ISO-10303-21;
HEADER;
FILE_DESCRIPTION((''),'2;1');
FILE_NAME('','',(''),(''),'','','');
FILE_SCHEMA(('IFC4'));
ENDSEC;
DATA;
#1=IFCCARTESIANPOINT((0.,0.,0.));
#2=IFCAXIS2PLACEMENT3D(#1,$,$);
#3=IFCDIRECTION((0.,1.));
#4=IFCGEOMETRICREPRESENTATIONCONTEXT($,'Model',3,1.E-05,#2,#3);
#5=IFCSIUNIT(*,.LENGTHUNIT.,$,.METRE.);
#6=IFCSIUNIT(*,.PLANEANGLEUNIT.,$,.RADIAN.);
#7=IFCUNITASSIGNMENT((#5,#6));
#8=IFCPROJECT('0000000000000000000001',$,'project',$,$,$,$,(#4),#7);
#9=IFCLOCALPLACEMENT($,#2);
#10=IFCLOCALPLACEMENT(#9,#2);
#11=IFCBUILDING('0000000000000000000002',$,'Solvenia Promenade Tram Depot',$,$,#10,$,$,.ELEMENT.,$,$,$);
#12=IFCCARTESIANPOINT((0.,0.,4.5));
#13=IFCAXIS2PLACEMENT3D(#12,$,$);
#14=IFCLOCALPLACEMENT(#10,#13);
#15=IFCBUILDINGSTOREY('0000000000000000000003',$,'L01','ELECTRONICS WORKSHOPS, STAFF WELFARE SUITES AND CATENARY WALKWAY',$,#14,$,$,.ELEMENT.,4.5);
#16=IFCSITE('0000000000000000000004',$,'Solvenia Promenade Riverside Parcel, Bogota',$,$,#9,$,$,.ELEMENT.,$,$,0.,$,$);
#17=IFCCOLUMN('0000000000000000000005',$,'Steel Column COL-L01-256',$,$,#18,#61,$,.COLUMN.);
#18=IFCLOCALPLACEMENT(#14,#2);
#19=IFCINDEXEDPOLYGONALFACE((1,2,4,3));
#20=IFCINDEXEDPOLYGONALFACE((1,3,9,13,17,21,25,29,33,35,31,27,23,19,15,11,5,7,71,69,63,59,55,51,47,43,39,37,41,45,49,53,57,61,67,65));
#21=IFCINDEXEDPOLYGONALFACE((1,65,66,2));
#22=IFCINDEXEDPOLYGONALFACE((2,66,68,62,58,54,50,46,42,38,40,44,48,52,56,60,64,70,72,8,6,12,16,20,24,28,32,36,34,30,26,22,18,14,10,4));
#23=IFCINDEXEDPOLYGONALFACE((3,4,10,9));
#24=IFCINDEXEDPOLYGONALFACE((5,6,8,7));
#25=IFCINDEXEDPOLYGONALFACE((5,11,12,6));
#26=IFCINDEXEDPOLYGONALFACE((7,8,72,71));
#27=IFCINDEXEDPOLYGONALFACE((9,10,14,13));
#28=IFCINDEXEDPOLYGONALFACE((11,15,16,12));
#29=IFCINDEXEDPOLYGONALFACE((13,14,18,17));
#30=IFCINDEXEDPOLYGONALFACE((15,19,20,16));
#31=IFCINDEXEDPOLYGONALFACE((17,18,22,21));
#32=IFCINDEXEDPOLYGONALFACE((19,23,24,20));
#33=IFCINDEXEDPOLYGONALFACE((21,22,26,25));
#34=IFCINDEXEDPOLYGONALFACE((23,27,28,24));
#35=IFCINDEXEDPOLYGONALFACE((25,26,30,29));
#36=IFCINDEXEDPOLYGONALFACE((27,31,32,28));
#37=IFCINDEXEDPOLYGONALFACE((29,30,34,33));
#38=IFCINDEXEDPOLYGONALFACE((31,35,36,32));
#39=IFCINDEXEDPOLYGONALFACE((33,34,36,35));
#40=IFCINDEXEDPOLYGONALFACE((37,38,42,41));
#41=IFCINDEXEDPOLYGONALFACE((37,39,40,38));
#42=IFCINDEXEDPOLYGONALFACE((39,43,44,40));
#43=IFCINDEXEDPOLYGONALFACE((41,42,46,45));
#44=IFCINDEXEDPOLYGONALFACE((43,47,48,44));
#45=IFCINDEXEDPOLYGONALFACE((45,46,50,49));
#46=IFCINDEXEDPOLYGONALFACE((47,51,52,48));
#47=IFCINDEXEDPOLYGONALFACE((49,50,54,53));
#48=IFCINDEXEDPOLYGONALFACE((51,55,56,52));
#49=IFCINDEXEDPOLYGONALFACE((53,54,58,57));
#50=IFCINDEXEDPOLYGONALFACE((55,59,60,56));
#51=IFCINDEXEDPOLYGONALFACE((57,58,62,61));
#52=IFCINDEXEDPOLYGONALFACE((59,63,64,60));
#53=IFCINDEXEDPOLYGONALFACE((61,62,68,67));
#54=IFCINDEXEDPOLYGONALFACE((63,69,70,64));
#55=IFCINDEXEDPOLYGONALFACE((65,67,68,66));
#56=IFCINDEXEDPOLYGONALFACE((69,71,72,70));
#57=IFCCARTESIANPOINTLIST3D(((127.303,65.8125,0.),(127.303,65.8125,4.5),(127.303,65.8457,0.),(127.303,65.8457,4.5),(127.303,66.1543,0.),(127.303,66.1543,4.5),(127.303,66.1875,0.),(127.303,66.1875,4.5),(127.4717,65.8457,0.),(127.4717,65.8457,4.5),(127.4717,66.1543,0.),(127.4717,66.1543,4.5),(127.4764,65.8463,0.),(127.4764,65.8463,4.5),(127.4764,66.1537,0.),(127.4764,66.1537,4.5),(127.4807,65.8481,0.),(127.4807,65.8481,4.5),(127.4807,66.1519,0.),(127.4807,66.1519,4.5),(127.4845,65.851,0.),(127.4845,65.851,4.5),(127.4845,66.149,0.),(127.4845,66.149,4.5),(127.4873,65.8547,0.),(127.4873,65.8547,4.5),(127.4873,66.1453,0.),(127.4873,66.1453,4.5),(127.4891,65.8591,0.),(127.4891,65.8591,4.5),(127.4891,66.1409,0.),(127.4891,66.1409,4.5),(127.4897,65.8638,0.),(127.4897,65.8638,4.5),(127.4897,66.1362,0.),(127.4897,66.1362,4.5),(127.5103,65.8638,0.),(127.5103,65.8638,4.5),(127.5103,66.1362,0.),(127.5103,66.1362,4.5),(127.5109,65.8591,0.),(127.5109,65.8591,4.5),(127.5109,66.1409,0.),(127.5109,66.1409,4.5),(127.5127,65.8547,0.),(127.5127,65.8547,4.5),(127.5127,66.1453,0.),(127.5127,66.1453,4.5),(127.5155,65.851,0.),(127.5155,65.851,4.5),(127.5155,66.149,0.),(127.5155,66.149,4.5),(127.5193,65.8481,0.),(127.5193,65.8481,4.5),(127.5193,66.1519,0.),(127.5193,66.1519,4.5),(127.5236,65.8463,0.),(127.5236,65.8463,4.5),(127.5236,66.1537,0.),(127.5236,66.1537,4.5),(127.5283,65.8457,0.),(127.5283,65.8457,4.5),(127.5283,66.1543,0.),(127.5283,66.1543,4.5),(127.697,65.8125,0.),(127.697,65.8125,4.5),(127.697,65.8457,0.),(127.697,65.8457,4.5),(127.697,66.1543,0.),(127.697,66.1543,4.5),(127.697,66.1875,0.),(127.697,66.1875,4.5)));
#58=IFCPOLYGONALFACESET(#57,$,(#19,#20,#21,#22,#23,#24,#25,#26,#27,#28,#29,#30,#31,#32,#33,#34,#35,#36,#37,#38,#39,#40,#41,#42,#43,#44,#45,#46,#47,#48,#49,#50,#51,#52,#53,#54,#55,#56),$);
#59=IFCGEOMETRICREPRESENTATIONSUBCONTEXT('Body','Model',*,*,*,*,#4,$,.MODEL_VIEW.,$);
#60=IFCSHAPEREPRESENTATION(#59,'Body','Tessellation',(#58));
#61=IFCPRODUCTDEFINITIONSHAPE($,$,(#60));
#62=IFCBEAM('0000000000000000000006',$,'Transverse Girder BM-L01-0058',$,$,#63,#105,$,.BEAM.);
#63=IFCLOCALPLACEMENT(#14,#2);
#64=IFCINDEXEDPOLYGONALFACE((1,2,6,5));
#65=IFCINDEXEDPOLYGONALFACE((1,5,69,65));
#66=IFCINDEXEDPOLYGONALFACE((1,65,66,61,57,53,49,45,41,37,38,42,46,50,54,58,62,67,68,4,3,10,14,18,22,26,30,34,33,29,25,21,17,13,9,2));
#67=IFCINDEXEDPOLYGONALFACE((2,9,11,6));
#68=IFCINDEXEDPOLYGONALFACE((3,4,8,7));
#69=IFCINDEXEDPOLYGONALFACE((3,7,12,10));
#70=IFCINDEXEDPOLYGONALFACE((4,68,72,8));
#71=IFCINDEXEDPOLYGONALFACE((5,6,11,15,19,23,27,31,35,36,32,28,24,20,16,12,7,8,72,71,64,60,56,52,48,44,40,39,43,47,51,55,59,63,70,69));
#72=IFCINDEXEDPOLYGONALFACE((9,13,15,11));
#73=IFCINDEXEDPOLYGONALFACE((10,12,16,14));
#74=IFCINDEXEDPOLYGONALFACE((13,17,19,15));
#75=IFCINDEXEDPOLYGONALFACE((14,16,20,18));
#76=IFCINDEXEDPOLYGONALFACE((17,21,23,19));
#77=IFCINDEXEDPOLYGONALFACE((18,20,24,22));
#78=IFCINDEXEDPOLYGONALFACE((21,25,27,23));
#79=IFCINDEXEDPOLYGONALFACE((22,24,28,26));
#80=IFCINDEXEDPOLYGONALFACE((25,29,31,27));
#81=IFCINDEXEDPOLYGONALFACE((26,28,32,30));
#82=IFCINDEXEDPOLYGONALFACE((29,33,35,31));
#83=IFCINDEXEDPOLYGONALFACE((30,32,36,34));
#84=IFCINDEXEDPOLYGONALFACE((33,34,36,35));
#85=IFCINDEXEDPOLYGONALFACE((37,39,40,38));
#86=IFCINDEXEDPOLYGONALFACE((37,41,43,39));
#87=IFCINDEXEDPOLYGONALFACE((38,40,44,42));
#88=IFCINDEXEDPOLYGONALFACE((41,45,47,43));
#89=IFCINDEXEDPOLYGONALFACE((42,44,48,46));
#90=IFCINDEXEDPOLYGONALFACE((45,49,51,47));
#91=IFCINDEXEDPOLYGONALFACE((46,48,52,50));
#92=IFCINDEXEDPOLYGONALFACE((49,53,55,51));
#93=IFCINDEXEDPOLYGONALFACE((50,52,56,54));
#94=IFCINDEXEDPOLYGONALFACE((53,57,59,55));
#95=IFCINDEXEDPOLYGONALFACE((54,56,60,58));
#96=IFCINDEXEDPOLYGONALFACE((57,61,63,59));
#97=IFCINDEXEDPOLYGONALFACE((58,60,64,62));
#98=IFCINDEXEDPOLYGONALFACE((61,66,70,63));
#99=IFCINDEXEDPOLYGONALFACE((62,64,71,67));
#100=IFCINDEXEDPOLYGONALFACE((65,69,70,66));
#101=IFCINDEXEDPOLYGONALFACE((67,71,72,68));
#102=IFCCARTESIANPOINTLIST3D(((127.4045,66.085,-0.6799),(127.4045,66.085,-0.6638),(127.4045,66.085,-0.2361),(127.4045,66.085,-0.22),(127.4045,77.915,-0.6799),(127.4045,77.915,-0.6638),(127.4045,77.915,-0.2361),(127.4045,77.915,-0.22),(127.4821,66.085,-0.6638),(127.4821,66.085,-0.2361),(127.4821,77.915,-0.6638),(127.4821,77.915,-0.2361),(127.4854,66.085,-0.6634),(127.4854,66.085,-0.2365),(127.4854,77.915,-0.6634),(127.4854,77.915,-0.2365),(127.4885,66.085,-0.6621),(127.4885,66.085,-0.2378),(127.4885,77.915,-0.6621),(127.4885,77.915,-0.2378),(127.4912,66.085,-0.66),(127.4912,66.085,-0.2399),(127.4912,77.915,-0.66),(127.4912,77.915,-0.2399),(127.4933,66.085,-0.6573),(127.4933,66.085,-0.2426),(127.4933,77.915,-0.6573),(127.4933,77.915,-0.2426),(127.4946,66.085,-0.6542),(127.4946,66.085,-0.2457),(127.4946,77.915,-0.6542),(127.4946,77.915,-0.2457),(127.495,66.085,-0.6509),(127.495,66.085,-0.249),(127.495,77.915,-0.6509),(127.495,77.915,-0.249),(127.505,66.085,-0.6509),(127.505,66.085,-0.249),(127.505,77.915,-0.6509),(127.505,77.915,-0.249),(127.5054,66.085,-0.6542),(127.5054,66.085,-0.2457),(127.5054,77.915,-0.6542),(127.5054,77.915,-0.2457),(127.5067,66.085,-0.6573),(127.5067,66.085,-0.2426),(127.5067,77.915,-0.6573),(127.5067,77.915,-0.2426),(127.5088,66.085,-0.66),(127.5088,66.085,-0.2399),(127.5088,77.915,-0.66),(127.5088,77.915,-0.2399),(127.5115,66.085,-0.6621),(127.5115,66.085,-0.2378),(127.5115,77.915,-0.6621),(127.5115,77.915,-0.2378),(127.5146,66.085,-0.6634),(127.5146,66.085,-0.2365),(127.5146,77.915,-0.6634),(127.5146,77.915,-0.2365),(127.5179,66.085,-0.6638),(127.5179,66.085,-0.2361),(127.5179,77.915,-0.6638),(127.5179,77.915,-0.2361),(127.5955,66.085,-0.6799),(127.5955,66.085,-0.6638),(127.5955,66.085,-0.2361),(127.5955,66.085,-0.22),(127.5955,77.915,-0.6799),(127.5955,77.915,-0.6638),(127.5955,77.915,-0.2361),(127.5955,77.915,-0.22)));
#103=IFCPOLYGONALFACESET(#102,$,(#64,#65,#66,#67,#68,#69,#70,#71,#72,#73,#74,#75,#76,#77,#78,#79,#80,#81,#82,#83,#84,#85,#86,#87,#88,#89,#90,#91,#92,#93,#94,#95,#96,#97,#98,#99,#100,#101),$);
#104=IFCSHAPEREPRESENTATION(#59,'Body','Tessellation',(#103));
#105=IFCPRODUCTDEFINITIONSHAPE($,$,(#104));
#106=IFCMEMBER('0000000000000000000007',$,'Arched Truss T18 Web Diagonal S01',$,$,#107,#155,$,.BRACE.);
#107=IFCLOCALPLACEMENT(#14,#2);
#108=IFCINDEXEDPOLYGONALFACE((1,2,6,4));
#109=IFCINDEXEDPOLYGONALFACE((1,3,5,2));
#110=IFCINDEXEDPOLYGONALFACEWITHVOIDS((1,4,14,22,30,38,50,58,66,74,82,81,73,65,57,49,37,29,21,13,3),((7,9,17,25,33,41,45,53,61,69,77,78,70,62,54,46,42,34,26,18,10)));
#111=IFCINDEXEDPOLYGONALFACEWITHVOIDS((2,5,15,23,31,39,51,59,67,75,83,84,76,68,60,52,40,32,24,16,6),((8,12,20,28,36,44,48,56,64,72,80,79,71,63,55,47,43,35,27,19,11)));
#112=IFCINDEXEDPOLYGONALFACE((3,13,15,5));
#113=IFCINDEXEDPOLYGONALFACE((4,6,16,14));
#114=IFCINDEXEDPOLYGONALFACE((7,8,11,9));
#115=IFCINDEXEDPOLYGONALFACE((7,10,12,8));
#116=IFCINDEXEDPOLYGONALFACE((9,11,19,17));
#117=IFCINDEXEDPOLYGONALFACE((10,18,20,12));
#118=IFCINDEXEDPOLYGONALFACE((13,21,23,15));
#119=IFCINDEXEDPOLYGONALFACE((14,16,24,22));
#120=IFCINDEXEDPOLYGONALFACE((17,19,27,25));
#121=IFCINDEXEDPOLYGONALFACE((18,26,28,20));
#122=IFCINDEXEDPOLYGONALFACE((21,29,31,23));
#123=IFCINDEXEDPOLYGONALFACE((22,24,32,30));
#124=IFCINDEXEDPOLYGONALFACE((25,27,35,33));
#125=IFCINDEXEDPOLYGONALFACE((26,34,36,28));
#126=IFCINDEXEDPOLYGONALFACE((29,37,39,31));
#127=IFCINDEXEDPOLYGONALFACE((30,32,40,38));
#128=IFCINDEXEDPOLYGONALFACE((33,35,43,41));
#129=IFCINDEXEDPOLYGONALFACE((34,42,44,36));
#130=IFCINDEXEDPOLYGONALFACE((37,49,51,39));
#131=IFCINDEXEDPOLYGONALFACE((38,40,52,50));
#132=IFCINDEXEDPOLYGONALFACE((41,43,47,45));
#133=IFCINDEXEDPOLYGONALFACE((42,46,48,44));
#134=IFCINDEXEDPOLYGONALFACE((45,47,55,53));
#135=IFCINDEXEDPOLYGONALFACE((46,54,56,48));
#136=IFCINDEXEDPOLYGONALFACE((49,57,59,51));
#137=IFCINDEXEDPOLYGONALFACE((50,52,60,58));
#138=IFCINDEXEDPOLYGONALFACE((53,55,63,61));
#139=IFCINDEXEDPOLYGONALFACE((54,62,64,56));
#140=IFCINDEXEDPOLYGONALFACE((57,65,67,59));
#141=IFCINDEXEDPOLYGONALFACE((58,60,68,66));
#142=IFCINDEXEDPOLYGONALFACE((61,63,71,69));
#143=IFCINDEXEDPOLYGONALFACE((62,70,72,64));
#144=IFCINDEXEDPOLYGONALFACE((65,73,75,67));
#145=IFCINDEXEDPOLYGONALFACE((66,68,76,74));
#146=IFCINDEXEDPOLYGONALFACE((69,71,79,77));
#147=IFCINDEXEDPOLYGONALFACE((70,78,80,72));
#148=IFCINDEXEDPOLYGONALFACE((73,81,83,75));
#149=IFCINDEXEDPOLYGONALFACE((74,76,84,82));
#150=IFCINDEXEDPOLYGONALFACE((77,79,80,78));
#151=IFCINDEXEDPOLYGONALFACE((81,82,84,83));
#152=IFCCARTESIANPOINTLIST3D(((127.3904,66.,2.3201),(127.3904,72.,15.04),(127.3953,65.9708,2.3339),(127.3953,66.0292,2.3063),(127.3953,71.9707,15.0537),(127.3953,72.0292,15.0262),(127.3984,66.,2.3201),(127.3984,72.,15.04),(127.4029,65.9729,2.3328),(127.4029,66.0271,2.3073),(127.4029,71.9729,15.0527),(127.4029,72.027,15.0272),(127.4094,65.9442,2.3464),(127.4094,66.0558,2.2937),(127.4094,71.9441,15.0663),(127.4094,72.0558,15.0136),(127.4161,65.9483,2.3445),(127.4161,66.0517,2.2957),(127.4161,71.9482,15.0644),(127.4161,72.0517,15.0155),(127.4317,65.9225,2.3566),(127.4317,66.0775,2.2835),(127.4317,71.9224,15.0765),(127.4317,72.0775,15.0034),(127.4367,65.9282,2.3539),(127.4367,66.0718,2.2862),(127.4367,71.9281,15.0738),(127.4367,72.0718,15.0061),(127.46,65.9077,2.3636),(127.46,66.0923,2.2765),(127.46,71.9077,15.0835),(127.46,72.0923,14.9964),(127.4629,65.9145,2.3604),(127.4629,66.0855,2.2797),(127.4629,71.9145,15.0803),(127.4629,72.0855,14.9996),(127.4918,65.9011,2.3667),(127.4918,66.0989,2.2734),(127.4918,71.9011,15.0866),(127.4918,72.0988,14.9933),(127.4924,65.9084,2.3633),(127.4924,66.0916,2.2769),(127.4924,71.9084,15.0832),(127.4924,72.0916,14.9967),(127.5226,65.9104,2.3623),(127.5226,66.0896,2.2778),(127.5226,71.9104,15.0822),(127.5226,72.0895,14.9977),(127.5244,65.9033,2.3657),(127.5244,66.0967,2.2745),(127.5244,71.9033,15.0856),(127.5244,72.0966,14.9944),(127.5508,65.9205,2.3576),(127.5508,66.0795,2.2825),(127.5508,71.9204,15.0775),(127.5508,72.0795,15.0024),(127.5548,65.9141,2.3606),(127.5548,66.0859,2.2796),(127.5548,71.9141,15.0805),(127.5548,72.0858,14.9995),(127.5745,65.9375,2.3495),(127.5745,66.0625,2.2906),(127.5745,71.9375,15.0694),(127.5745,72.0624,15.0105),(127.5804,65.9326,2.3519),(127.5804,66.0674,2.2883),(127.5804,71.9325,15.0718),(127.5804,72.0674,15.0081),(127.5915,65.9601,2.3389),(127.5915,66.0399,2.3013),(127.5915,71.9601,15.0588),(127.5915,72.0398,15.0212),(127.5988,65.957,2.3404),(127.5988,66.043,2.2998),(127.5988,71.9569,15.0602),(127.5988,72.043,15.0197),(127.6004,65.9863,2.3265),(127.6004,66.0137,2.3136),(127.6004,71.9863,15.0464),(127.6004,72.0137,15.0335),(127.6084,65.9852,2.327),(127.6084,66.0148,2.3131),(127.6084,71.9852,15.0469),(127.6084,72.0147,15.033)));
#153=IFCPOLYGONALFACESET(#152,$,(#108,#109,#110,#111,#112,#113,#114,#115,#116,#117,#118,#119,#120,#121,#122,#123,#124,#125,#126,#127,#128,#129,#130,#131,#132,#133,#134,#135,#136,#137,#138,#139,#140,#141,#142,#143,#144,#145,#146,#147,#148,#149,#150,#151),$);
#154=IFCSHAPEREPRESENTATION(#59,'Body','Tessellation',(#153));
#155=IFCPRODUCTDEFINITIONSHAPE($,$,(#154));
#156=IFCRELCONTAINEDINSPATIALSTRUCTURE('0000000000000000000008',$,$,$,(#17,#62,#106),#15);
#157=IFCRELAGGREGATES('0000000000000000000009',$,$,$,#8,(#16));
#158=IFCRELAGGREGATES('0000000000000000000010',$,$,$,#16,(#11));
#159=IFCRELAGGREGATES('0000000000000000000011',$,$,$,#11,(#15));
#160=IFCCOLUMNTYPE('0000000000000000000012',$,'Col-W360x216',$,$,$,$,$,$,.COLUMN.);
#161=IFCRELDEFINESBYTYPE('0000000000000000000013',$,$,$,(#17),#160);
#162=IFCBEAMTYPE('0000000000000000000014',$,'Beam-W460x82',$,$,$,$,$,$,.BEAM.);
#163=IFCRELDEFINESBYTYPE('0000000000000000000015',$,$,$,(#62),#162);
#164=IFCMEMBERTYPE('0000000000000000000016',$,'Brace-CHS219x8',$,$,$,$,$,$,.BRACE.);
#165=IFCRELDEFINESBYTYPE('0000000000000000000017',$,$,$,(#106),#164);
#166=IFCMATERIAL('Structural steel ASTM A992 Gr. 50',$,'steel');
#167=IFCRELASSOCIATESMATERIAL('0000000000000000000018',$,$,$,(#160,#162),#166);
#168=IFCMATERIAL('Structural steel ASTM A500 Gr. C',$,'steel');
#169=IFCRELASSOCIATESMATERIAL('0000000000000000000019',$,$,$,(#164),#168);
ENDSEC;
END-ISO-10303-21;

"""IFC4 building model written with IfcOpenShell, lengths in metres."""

from ifc_helpers import new_model, si_unit, direction, frame, origin, origin_2d, place, context, subcontext, project, spatial, hollow_circle, i_section, extrude, material, material_profile, profile_set, type_object, element, save


model = new_model("IFC4")

# Units and contexts
model_context = context("Model", 3, precision=1e-05, world=origin(), true_north=direction((0.0, 1.0)))
body_context = subcontext(model_context, "Body", "Model", "MODEL_VIEW")
ifc_project = project(units=[si_unit("LENGTHUNIT", "METRE"), si_unit("PLANEANGLEUNIT", "RADIAN")], contexts=[model_context])

# Site, building, storey
site_placement = place(None, origin())
site = spatial("IfcSite", under=ifc_project, at=site_placement, Name="Solvenia Promenade Riverside Parcel, Bogota", CompositionType="ELEMENT", RefElevation=0.0)
building_placement = place(site_placement, origin())
building = spatial("IfcBuilding", under=site, at=building_placement, Name="Solvenia Promenade Tram Depot", CompositionType="ELEMENT")
storey_placement = place(building_placement, frame((0.0, 0.0, 4.5)))
storey = spatial("IfcBuildingStorey", under=building, at=storey_placement, Name="L01", Description="ELECTRONICS WORKSHOPS, STAFF WELFARE SUITES AND CATENARY WALKWAY", CompositionType="ELEMENT", Elevation=4.5)

# Column
ifc_material_1 = material(Name="Structural steel ASTM A992 Gr. 50", Category="steel")
ifc_material_profile_1 = material_profile(ifc_material_1, i_section(OverallWidth=0.394, OverallDepth=0.375, WebThickness=0.0205, FlangeThickness=0.0332, FilletRadius=0.0181, at=origin_2d()), Name="W360x216", Category="steel")
ifc_profile_set_1 = profile_set([ifc_material_profile_1], Name="Structural steel ASTM A992 Gr. 50")
column_type = type_object("IfcColumnType", Name="Col-W360x216", PredefinedType="COLUMN", material=ifc_profile_set_1)
column_placement = place(storey_placement, frame((127.5, 66.0, 0.0), z_axis=(0.0, 0.0, 1.0), x_axis=(1.0, 0.0, 0.0)))
element("IfcColumn", 1, at=column_placement, inside=storey, type_object=column_type, Name="Steel Column COL-L01-256", PredefinedType="COLUMN", context=body_context, shape_type="SweptSolid", body=[
    extrude(i_section(OverallWidth=0.394, OverallDepth=0.375, WebThickness=0.0205, FlangeThickness=0.0332, FilletRadius=0.0181, at=origin_2d()), origin(), (0.0, 0.0, 1.0), 4.5),
])

# Beam
ifc_material_profile_2 = material_profile(ifc_material_1, i_section(OverallWidth=0.1909, OverallDepth=0.46, WebThickness=0.01, FlangeThickness=0.0161, FilletRadius=0.0129, at=origin_2d()), Name="W460x82", Category="steel")
ifc_profile_set_2 = profile_set([ifc_material_profile_2], Name="Structural steel ASTM A992 Gr. 50")
beam_type_1 = type_object("IfcBeamType", Name="Beam-W460x82", PredefinedType="BEAM", material=ifc_profile_set_2)
beam_1_placement = place(storey_placement, frame((127.5, 66.085, -0.45), z_axis=(0.0, 1.0, 0.0), x_axis=(-1.0, 0.0, 0.0)))
element("IfcBeam", 2, at=beam_1_placement, inside=storey, type_object=beam_type_1, Name="Transverse Girder BM-L01-0058", PredefinedType="BEAM", context=body_context, shape_type="SweptSolid", body=[
    extrude(i_section(OverallWidth=0.1909, OverallDepth=0.46, WebThickness=0.01, FlangeThickness=0.0161, FilletRadius=0.0129, at=origin_2d()), origin(), (0.0, 0.0, 1.0), 11.8301),
])

# Member
ifc_material_2 = material(Name="Structural steel ASTM A500 Gr. C", Category="steel")
ifc_material_profile_3 = material_profile(ifc_material_2, hollow_circle(Radius=0.1096, WallThickness=0.0081, at=origin_2d()), Name="CHS219.1x8", Category="steel")
ifc_profile_set_3 = profile_set([ifc_material_profile_3], Name="Structural steel ASTM A500 Gr. C")
member_type_1 = type_object("IfcMemberType", Name="Brace-CHS219x8", PredefinedType="BRACE", material=ifc_profile_set_3)
member_1_placement = place(storey_placement, frame((127.5, 66.0, 2.3201), z_axis=(0.0, 0.426619, 0.904431), x_axis=(-1.0, 0.0, 0.0)))
element("IfcMember", 3, at=member_1_placement, inside=storey, type_object=member_type_1, Name="Arched Truss T18 Web Diagonal S01", PredefinedType="BRACE", context=body_context, shape_type="SweptSolid", body=[
    extrude(hollow_circle(Radius=0.1096, WallThickness=0.0081, at=origin_2d()), origin(), (0.0, 0.0, 1.0), 14.064),
])

save(model, "model.ifc")
